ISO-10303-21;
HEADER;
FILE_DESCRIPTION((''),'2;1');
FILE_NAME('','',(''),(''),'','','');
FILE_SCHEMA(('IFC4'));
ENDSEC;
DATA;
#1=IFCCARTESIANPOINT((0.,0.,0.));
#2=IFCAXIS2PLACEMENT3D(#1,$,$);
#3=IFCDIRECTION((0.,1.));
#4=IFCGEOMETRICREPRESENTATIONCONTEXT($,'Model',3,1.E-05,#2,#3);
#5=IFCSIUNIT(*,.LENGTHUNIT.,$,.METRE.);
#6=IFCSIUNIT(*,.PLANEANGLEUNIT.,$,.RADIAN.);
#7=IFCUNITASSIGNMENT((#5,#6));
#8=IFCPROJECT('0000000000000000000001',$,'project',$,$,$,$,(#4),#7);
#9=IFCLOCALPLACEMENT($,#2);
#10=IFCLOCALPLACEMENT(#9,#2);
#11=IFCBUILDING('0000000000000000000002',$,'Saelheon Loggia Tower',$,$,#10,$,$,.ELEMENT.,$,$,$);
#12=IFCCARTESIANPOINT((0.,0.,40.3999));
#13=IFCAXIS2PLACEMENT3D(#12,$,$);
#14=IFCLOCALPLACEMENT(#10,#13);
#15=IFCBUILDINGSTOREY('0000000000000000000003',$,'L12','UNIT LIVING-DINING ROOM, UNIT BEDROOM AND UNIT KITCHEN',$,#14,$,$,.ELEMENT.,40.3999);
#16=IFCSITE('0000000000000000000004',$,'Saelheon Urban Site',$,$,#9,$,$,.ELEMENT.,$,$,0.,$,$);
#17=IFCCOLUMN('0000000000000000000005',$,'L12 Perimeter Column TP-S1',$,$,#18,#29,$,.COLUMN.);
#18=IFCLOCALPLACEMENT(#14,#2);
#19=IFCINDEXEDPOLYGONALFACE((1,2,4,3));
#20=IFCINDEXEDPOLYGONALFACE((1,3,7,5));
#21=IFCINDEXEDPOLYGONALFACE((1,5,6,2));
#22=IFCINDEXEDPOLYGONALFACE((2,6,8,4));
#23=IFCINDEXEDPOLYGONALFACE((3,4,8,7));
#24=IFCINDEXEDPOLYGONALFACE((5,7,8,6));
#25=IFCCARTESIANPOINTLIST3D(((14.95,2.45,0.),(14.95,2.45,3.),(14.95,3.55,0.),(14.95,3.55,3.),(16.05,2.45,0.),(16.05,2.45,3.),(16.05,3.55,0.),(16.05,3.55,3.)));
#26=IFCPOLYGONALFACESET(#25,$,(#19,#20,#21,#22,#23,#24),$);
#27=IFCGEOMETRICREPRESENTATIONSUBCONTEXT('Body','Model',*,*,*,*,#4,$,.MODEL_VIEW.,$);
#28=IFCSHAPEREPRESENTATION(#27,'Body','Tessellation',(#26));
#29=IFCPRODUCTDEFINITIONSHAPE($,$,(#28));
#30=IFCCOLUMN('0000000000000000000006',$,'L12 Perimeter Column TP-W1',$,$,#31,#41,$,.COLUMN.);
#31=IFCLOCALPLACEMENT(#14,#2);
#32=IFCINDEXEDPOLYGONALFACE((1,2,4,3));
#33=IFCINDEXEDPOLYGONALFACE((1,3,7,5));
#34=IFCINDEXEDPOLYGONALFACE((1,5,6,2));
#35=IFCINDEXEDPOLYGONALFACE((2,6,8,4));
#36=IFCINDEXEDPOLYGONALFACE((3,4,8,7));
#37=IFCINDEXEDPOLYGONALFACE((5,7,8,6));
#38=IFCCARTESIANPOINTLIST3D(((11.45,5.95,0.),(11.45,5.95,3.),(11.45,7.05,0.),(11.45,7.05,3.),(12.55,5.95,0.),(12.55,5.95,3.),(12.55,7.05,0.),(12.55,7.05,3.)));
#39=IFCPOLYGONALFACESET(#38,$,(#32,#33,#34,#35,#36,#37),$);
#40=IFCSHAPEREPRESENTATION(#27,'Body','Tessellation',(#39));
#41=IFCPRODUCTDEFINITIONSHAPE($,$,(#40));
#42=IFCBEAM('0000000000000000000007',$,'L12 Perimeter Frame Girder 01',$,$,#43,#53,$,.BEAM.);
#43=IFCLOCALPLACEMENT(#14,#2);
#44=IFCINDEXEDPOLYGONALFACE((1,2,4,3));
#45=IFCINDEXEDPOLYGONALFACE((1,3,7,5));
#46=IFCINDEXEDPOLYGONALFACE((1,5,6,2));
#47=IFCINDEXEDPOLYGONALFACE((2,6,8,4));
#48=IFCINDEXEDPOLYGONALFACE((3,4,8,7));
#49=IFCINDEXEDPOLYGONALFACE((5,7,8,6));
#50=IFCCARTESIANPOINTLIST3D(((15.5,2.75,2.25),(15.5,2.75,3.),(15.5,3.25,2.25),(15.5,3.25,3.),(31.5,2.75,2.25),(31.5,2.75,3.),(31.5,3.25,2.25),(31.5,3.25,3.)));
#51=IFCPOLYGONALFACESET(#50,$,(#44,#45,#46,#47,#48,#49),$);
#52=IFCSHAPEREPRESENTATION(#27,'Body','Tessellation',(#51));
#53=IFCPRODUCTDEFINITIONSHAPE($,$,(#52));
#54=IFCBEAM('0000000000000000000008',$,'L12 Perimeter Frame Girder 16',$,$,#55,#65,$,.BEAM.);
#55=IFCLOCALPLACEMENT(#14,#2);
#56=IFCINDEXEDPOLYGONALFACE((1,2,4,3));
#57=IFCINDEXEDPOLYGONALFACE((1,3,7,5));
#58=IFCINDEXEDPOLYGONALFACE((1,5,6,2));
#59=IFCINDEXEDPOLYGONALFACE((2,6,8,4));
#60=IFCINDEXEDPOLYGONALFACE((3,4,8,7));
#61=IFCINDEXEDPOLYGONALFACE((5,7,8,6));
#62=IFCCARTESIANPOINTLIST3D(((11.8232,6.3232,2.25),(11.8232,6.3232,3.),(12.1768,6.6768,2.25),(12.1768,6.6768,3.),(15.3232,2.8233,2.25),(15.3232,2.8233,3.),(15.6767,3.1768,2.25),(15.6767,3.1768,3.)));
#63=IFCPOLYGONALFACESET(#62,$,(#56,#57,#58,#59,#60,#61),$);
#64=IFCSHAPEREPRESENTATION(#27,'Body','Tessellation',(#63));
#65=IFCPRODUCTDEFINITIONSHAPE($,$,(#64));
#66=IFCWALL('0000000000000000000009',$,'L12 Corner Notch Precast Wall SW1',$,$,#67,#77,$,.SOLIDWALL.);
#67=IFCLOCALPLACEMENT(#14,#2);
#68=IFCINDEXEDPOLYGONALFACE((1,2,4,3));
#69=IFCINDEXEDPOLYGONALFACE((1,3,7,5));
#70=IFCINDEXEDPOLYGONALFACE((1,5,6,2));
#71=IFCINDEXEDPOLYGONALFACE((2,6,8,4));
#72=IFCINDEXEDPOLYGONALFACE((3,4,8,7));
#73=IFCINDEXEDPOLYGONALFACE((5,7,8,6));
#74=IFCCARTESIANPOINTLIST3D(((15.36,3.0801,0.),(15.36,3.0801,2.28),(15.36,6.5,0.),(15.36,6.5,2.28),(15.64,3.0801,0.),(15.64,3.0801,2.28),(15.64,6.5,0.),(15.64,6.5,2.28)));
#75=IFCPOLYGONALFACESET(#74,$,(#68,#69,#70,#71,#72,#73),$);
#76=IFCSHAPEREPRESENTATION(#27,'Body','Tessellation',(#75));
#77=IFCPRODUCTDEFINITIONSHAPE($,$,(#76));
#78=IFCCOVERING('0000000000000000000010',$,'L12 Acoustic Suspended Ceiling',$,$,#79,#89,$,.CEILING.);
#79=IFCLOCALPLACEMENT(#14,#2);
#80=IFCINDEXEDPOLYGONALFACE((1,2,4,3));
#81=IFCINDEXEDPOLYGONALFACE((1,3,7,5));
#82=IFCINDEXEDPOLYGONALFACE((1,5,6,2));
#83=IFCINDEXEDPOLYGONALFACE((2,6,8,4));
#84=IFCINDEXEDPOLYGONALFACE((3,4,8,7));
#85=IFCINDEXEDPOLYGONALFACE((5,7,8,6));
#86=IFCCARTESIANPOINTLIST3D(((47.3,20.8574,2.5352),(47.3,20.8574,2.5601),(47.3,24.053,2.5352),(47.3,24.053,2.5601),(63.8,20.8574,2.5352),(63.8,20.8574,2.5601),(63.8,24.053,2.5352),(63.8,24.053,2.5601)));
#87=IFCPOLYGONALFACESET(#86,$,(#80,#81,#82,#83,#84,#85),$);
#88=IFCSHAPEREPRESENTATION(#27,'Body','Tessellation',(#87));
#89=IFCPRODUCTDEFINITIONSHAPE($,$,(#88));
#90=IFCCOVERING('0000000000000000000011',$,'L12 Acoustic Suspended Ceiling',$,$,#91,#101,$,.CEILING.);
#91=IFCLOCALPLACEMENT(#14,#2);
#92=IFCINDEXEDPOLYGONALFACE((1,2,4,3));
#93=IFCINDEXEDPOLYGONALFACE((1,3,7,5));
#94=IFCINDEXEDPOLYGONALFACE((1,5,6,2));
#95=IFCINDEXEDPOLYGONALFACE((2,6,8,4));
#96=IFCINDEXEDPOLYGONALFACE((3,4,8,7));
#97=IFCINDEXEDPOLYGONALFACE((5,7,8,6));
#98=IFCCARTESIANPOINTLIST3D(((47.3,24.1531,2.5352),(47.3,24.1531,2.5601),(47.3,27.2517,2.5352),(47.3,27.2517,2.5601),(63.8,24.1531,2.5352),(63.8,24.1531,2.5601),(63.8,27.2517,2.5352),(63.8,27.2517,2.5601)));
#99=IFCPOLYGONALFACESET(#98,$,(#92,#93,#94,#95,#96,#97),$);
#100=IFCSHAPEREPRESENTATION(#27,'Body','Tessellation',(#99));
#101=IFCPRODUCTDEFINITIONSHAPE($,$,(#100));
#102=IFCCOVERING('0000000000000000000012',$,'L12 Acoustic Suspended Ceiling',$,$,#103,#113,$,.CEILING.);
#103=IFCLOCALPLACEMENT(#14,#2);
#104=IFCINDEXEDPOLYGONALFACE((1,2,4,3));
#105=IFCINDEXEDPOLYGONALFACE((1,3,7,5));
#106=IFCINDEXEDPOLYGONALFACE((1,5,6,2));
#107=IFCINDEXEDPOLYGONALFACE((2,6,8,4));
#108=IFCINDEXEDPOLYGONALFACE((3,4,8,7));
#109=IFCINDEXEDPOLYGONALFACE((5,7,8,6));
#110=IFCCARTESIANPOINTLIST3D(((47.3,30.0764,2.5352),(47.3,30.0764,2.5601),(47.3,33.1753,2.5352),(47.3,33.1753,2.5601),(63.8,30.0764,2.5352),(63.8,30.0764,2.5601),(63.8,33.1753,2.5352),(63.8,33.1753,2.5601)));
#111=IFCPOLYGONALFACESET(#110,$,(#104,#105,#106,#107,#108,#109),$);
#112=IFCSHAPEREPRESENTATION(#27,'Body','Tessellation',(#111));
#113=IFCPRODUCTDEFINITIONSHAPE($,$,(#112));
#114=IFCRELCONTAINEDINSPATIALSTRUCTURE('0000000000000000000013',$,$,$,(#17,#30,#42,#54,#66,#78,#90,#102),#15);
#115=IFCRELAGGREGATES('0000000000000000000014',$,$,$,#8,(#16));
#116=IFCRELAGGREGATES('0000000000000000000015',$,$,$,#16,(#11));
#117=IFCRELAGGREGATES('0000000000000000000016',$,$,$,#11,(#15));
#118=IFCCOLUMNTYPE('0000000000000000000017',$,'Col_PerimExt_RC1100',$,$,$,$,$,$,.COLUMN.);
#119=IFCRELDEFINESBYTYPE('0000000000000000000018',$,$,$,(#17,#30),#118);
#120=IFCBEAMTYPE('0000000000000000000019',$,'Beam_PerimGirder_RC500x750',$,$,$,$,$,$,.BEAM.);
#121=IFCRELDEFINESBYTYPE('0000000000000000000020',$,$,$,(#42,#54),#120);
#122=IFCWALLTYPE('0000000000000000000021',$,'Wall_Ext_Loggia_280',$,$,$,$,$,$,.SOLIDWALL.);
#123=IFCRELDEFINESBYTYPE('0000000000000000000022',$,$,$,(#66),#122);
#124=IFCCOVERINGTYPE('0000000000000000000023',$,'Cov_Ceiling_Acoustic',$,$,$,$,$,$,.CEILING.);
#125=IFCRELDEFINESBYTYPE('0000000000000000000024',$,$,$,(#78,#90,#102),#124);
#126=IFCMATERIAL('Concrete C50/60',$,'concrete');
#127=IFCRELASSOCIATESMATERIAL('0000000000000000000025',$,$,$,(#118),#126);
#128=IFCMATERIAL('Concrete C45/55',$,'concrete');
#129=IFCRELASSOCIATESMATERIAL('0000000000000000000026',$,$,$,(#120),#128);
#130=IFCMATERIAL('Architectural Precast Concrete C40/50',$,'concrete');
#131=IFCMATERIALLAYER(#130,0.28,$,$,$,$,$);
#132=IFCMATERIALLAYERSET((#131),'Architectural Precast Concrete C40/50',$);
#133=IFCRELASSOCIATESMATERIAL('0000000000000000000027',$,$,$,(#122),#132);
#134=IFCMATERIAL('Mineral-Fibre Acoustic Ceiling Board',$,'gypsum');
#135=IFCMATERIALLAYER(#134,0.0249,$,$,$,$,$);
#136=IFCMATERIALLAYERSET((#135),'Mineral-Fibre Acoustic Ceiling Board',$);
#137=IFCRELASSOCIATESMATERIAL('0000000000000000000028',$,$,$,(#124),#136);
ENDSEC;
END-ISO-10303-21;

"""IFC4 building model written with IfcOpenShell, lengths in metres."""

from ifc_helpers import new_model, si_unit, direction, frame, frame_2d, origin, origin_2d, place, context, subcontext, project, spatial, polyline, rectangle, outline, extrude, source, transform, mapped, material, layer, layer_set, material_profile, profile_set, type_object, element, save


model = new_model("IFC4")

# Units and contexts
model_context = context("Model", 3, precision=1e-05, world=origin(), true_north=direction((0.0, 1.0)))
body_context = subcontext(model_context, "Body", "Model", "MODEL_VIEW")
ifc_project = project(units=[si_unit("LENGTHUNIT", "METRE"), si_unit("PLANEANGLEUNIT", "RADIAN")], contexts=[model_context])

# Site, building, storey
site_placement = place(None, origin())
site = spatial("IfcSite", under=ifc_project, at=site_placement, Name="Saelheon Urban Site", CompositionType="ELEMENT", RefElevation=0.0)
building_placement = place(site_placement, origin())
building = spatial("IfcBuilding", under=site, at=building_placement, Name="Saelheon Loggia Tower", CompositionType="ELEMENT")
storey_placement = place(building_placement, frame((0.0, 0.0, 40.3999)))
storey = spatial("IfcBuildingStorey", under=building, at=storey_placement, Name="L12", Description="UNIT LIVING-DINING ROOM, UNIT BEDROOM AND UNIT KITCHEN", CompositionType="ELEMENT", Elevation=40.3999)

# Columns
ifc_material_1 = material(Name="Concrete C50/60", Category="concrete")
ifc_material_profile_1 = material_profile(ifc_material_1, rectangle(XDim=1.1001, YDim=1.1001, at=origin_2d()), Name="RC-1100x1100")
ifc_profile_set_1 = profile_set([ifc_material_profile_1], Name="Concrete C50/60")
column_type = type_object("IfcColumnType", Name="Col_PerimExt_RC1100", PredefinedType="COLUMN", material=ifc_profile_set_1)
shared_shape_1 = source(origin(), body_context, "Body", "SweptSolid", [
    extrude(rectangle(XDim=1.1001, YDim=1.1001, at=origin_2d()), origin(), (0.0, 0.0, 1.0), 3.0),
])
for number, where, z_axis, x_axis, name in (
    (1, (15.5, 3.0, 0.0), (0.0, 0.0, 1.0), (1.0, 0.0, 0.0), "L12 Perimeter Column TP-S1"),
    (2, (12.0, 6.5, 0.0), (0.0, 0.0, 1.0), (1.0, 0.0, 0.0), "L12 Perimeter Column TP-W1"),
):
    element("IfcColumn", number, at=place(storey_placement, frame(where, z_axis=z_axis, x_axis=x_axis)), inside=storey, type_object=column_type, Name=name, PredefinedType="COLUMN", context=body_context, shape_type="MappedRepresentation", body=[
        mapped(shared_shape_1, transform((0.0, 0.0, 0.0), scale=1.0)),
    ])

# Beams
ifc_material_2 = material(Name="Concrete C45/55", Category="concrete")
ifc_material_profile_2 = material_profile(ifc_material_2, rectangle(XDim=0.5, YDim=0.75, at=origin_2d()), Name="RC-500x750")
ifc_profile_set_2 = profile_set([ifc_material_profile_2], Name="Concrete C45/55")
beam_type = type_object("IfcBeamType", Name="Beam_PerimGirder_RC500x750", PredefinedType="BEAM", material=ifc_profile_set_2)
shared_shape_2 = source(origin(), body_context, "Body", "SweptSolid", [
    extrude(rectangle(XDim=0.5, YDim=0.75, at=origin_2d()), origin(), (0.0, 0.0, 1.0), 16.0),
])
beam_1_placement = place(storey_placement, frame((15.5, 3.0, 2.625), z_axis=(1.0, 0.0, 0.0), x_axis=(0.0, 1.0, 0.0)))
element("IfcBeam", 3, at=beam_1_placement, inside=storey, type_object=beam_type, Name="L12 Perimeter Frame Girder 01", PredefinedType="BEAM", context=body_context, shape_type="MappedRepresentation", body=[
    mapped(shared_shape_2, transform((0.0, 0.0, 0.0), scale=1.0)),
])
shared_shape_3 = source(origin(), body_context, "Body", "SweptSolid", [
    extrude(rectangle(XDim=0.5, YDim=0.75, at=origin_2d()), origin(), (0.0, 0.0, 1.0), 4.9497),
])
beam_2_placement = place(storey_placement, frame((12.0, 6.5, 2.625), z_axis=(0.707107, -0.707107, 0.0), x_axis=(0.707107, 0.707107, 0.0)))
element("IfcBeam", 4, at=beam_2_placement, inside=storey, type_object=beam_type, Name="L12 Perimeter Frame Girder 16", PredefinedType="BEAM", context=body_context, shape_type="MappedRepresentation", body=[
    mapped(shared_shape_3, transform((0.0, 0.0, 0.0), scale=1.0)),
])

# Shared definitions
ifc_material_3 = material(Name="Architectural Precast Concrete C40/50", Category="concrete")
ifc_layer_1 = layer(ifc_material_3, 0.28)
ifc_layer_set_1 = layer_set([ifc_layer_1], Name="Architectural Precast Concrete C40/50")
wall_type = type_object("IfcWallType", Name="Wall_Ext_Loggia_280", PredefinedType="SOLIDWALL", material=ifc_layer_set_1)

# Wall
wall_1_placement = place(storey_placement, frame((15.5, 3.0801, 0.0), z_axis=(0.0, 0.0, 1.0), x_axis=(0.0, 1.0, 0.0)))
element("IfcWall", 5, at=wall_1_placement, inside=storey, type_object=wall_type, Name="L12 Corner Notch Precast Wall SW1", PredefinedType="SOLIDWALL", context=body_context, shape_type="SweptSolid", body=[
    extrude(rectangle(XDim=3.4199, YDim=0.28, at=frame_2d((1.71, 0.0))), origin(), (0.0, 0.0, 1.0), 2.28),
])

# Coverings
ifc_material_4 = material(Name="Mineral-Fibre Acoustic Ceiling Board", Category="gypsum")
ifc_layer_2 = layer(ifc_material_4, 0.0249)
ifc_layer_set_2 = layer_set([ifc_layer_2], Name="Mineral-Fibre Acoustic Ceiling Board")
covering_type = type_object("IfcCoveringType", Name="Cov_Ceiling_Acoustic", PredefinedType="CEILING", material=ifc_layer_set_2)
covering_1_placement = place(storey_placement, frame((0.0, 0.0, 2.5352)))
element("IfcCovering", 6, at=covering_1_placement, inside=storey, type_object=covering_type, Name="L12 Acoustic Suspended Ceiling", PredefinedType="CEILING", context=body_context, shape_type="SweptSolid", body=[
    extrude(outline(polyline([(47.3, 20.8574), (63.8, 20.8574), (63.8, 24.053), (47.3, 24.053), (47.3, 20.8574)])), origin(), (0.0, 0.0, 1.0), 0.0249),
])
covering_2_placement = place(storey_placement, frame((0.0, 0.0, 2.5352)))
element("IfcCovering", 7, at=covering_2_placement, inside=storey, type_object=covering_type, Name="L12 Acoustic Suspended Ceiling", PredefinedType="CEILING", context=body_context, shape_type="SweptSolid", body=[
    extrude(outline(polyline([(47.3, 24.1531), (63.8, 24.1531), (63.8, 27.2517), (47.3, 27.2517), (47.3, 24.1531)])), origin(), (0.0, 0.0, 1.0), 0.0249),
])
covering_3_placement = place(storey_placement, frame((0.0, 0.0, 2.5352)))
element("IfcCovering", 8, at=covering_3_placement, inside=storey, type_object=covering_type, Name="L12 Acoustic Suspended Ceiling", PredefinedType="CEILING", context=body_context, shape_type="SweptSolid", body=[
    extrude(outline(polyline([(47.3, 30.0764), (63.8, 30.0764), (63.8, 33.1753), (47.3, 33.1753), (47.3, 30.0764)])), origin(), (0.0, 0.0, 1.0), 0.0249),
])

save(model, "model.ifc")
